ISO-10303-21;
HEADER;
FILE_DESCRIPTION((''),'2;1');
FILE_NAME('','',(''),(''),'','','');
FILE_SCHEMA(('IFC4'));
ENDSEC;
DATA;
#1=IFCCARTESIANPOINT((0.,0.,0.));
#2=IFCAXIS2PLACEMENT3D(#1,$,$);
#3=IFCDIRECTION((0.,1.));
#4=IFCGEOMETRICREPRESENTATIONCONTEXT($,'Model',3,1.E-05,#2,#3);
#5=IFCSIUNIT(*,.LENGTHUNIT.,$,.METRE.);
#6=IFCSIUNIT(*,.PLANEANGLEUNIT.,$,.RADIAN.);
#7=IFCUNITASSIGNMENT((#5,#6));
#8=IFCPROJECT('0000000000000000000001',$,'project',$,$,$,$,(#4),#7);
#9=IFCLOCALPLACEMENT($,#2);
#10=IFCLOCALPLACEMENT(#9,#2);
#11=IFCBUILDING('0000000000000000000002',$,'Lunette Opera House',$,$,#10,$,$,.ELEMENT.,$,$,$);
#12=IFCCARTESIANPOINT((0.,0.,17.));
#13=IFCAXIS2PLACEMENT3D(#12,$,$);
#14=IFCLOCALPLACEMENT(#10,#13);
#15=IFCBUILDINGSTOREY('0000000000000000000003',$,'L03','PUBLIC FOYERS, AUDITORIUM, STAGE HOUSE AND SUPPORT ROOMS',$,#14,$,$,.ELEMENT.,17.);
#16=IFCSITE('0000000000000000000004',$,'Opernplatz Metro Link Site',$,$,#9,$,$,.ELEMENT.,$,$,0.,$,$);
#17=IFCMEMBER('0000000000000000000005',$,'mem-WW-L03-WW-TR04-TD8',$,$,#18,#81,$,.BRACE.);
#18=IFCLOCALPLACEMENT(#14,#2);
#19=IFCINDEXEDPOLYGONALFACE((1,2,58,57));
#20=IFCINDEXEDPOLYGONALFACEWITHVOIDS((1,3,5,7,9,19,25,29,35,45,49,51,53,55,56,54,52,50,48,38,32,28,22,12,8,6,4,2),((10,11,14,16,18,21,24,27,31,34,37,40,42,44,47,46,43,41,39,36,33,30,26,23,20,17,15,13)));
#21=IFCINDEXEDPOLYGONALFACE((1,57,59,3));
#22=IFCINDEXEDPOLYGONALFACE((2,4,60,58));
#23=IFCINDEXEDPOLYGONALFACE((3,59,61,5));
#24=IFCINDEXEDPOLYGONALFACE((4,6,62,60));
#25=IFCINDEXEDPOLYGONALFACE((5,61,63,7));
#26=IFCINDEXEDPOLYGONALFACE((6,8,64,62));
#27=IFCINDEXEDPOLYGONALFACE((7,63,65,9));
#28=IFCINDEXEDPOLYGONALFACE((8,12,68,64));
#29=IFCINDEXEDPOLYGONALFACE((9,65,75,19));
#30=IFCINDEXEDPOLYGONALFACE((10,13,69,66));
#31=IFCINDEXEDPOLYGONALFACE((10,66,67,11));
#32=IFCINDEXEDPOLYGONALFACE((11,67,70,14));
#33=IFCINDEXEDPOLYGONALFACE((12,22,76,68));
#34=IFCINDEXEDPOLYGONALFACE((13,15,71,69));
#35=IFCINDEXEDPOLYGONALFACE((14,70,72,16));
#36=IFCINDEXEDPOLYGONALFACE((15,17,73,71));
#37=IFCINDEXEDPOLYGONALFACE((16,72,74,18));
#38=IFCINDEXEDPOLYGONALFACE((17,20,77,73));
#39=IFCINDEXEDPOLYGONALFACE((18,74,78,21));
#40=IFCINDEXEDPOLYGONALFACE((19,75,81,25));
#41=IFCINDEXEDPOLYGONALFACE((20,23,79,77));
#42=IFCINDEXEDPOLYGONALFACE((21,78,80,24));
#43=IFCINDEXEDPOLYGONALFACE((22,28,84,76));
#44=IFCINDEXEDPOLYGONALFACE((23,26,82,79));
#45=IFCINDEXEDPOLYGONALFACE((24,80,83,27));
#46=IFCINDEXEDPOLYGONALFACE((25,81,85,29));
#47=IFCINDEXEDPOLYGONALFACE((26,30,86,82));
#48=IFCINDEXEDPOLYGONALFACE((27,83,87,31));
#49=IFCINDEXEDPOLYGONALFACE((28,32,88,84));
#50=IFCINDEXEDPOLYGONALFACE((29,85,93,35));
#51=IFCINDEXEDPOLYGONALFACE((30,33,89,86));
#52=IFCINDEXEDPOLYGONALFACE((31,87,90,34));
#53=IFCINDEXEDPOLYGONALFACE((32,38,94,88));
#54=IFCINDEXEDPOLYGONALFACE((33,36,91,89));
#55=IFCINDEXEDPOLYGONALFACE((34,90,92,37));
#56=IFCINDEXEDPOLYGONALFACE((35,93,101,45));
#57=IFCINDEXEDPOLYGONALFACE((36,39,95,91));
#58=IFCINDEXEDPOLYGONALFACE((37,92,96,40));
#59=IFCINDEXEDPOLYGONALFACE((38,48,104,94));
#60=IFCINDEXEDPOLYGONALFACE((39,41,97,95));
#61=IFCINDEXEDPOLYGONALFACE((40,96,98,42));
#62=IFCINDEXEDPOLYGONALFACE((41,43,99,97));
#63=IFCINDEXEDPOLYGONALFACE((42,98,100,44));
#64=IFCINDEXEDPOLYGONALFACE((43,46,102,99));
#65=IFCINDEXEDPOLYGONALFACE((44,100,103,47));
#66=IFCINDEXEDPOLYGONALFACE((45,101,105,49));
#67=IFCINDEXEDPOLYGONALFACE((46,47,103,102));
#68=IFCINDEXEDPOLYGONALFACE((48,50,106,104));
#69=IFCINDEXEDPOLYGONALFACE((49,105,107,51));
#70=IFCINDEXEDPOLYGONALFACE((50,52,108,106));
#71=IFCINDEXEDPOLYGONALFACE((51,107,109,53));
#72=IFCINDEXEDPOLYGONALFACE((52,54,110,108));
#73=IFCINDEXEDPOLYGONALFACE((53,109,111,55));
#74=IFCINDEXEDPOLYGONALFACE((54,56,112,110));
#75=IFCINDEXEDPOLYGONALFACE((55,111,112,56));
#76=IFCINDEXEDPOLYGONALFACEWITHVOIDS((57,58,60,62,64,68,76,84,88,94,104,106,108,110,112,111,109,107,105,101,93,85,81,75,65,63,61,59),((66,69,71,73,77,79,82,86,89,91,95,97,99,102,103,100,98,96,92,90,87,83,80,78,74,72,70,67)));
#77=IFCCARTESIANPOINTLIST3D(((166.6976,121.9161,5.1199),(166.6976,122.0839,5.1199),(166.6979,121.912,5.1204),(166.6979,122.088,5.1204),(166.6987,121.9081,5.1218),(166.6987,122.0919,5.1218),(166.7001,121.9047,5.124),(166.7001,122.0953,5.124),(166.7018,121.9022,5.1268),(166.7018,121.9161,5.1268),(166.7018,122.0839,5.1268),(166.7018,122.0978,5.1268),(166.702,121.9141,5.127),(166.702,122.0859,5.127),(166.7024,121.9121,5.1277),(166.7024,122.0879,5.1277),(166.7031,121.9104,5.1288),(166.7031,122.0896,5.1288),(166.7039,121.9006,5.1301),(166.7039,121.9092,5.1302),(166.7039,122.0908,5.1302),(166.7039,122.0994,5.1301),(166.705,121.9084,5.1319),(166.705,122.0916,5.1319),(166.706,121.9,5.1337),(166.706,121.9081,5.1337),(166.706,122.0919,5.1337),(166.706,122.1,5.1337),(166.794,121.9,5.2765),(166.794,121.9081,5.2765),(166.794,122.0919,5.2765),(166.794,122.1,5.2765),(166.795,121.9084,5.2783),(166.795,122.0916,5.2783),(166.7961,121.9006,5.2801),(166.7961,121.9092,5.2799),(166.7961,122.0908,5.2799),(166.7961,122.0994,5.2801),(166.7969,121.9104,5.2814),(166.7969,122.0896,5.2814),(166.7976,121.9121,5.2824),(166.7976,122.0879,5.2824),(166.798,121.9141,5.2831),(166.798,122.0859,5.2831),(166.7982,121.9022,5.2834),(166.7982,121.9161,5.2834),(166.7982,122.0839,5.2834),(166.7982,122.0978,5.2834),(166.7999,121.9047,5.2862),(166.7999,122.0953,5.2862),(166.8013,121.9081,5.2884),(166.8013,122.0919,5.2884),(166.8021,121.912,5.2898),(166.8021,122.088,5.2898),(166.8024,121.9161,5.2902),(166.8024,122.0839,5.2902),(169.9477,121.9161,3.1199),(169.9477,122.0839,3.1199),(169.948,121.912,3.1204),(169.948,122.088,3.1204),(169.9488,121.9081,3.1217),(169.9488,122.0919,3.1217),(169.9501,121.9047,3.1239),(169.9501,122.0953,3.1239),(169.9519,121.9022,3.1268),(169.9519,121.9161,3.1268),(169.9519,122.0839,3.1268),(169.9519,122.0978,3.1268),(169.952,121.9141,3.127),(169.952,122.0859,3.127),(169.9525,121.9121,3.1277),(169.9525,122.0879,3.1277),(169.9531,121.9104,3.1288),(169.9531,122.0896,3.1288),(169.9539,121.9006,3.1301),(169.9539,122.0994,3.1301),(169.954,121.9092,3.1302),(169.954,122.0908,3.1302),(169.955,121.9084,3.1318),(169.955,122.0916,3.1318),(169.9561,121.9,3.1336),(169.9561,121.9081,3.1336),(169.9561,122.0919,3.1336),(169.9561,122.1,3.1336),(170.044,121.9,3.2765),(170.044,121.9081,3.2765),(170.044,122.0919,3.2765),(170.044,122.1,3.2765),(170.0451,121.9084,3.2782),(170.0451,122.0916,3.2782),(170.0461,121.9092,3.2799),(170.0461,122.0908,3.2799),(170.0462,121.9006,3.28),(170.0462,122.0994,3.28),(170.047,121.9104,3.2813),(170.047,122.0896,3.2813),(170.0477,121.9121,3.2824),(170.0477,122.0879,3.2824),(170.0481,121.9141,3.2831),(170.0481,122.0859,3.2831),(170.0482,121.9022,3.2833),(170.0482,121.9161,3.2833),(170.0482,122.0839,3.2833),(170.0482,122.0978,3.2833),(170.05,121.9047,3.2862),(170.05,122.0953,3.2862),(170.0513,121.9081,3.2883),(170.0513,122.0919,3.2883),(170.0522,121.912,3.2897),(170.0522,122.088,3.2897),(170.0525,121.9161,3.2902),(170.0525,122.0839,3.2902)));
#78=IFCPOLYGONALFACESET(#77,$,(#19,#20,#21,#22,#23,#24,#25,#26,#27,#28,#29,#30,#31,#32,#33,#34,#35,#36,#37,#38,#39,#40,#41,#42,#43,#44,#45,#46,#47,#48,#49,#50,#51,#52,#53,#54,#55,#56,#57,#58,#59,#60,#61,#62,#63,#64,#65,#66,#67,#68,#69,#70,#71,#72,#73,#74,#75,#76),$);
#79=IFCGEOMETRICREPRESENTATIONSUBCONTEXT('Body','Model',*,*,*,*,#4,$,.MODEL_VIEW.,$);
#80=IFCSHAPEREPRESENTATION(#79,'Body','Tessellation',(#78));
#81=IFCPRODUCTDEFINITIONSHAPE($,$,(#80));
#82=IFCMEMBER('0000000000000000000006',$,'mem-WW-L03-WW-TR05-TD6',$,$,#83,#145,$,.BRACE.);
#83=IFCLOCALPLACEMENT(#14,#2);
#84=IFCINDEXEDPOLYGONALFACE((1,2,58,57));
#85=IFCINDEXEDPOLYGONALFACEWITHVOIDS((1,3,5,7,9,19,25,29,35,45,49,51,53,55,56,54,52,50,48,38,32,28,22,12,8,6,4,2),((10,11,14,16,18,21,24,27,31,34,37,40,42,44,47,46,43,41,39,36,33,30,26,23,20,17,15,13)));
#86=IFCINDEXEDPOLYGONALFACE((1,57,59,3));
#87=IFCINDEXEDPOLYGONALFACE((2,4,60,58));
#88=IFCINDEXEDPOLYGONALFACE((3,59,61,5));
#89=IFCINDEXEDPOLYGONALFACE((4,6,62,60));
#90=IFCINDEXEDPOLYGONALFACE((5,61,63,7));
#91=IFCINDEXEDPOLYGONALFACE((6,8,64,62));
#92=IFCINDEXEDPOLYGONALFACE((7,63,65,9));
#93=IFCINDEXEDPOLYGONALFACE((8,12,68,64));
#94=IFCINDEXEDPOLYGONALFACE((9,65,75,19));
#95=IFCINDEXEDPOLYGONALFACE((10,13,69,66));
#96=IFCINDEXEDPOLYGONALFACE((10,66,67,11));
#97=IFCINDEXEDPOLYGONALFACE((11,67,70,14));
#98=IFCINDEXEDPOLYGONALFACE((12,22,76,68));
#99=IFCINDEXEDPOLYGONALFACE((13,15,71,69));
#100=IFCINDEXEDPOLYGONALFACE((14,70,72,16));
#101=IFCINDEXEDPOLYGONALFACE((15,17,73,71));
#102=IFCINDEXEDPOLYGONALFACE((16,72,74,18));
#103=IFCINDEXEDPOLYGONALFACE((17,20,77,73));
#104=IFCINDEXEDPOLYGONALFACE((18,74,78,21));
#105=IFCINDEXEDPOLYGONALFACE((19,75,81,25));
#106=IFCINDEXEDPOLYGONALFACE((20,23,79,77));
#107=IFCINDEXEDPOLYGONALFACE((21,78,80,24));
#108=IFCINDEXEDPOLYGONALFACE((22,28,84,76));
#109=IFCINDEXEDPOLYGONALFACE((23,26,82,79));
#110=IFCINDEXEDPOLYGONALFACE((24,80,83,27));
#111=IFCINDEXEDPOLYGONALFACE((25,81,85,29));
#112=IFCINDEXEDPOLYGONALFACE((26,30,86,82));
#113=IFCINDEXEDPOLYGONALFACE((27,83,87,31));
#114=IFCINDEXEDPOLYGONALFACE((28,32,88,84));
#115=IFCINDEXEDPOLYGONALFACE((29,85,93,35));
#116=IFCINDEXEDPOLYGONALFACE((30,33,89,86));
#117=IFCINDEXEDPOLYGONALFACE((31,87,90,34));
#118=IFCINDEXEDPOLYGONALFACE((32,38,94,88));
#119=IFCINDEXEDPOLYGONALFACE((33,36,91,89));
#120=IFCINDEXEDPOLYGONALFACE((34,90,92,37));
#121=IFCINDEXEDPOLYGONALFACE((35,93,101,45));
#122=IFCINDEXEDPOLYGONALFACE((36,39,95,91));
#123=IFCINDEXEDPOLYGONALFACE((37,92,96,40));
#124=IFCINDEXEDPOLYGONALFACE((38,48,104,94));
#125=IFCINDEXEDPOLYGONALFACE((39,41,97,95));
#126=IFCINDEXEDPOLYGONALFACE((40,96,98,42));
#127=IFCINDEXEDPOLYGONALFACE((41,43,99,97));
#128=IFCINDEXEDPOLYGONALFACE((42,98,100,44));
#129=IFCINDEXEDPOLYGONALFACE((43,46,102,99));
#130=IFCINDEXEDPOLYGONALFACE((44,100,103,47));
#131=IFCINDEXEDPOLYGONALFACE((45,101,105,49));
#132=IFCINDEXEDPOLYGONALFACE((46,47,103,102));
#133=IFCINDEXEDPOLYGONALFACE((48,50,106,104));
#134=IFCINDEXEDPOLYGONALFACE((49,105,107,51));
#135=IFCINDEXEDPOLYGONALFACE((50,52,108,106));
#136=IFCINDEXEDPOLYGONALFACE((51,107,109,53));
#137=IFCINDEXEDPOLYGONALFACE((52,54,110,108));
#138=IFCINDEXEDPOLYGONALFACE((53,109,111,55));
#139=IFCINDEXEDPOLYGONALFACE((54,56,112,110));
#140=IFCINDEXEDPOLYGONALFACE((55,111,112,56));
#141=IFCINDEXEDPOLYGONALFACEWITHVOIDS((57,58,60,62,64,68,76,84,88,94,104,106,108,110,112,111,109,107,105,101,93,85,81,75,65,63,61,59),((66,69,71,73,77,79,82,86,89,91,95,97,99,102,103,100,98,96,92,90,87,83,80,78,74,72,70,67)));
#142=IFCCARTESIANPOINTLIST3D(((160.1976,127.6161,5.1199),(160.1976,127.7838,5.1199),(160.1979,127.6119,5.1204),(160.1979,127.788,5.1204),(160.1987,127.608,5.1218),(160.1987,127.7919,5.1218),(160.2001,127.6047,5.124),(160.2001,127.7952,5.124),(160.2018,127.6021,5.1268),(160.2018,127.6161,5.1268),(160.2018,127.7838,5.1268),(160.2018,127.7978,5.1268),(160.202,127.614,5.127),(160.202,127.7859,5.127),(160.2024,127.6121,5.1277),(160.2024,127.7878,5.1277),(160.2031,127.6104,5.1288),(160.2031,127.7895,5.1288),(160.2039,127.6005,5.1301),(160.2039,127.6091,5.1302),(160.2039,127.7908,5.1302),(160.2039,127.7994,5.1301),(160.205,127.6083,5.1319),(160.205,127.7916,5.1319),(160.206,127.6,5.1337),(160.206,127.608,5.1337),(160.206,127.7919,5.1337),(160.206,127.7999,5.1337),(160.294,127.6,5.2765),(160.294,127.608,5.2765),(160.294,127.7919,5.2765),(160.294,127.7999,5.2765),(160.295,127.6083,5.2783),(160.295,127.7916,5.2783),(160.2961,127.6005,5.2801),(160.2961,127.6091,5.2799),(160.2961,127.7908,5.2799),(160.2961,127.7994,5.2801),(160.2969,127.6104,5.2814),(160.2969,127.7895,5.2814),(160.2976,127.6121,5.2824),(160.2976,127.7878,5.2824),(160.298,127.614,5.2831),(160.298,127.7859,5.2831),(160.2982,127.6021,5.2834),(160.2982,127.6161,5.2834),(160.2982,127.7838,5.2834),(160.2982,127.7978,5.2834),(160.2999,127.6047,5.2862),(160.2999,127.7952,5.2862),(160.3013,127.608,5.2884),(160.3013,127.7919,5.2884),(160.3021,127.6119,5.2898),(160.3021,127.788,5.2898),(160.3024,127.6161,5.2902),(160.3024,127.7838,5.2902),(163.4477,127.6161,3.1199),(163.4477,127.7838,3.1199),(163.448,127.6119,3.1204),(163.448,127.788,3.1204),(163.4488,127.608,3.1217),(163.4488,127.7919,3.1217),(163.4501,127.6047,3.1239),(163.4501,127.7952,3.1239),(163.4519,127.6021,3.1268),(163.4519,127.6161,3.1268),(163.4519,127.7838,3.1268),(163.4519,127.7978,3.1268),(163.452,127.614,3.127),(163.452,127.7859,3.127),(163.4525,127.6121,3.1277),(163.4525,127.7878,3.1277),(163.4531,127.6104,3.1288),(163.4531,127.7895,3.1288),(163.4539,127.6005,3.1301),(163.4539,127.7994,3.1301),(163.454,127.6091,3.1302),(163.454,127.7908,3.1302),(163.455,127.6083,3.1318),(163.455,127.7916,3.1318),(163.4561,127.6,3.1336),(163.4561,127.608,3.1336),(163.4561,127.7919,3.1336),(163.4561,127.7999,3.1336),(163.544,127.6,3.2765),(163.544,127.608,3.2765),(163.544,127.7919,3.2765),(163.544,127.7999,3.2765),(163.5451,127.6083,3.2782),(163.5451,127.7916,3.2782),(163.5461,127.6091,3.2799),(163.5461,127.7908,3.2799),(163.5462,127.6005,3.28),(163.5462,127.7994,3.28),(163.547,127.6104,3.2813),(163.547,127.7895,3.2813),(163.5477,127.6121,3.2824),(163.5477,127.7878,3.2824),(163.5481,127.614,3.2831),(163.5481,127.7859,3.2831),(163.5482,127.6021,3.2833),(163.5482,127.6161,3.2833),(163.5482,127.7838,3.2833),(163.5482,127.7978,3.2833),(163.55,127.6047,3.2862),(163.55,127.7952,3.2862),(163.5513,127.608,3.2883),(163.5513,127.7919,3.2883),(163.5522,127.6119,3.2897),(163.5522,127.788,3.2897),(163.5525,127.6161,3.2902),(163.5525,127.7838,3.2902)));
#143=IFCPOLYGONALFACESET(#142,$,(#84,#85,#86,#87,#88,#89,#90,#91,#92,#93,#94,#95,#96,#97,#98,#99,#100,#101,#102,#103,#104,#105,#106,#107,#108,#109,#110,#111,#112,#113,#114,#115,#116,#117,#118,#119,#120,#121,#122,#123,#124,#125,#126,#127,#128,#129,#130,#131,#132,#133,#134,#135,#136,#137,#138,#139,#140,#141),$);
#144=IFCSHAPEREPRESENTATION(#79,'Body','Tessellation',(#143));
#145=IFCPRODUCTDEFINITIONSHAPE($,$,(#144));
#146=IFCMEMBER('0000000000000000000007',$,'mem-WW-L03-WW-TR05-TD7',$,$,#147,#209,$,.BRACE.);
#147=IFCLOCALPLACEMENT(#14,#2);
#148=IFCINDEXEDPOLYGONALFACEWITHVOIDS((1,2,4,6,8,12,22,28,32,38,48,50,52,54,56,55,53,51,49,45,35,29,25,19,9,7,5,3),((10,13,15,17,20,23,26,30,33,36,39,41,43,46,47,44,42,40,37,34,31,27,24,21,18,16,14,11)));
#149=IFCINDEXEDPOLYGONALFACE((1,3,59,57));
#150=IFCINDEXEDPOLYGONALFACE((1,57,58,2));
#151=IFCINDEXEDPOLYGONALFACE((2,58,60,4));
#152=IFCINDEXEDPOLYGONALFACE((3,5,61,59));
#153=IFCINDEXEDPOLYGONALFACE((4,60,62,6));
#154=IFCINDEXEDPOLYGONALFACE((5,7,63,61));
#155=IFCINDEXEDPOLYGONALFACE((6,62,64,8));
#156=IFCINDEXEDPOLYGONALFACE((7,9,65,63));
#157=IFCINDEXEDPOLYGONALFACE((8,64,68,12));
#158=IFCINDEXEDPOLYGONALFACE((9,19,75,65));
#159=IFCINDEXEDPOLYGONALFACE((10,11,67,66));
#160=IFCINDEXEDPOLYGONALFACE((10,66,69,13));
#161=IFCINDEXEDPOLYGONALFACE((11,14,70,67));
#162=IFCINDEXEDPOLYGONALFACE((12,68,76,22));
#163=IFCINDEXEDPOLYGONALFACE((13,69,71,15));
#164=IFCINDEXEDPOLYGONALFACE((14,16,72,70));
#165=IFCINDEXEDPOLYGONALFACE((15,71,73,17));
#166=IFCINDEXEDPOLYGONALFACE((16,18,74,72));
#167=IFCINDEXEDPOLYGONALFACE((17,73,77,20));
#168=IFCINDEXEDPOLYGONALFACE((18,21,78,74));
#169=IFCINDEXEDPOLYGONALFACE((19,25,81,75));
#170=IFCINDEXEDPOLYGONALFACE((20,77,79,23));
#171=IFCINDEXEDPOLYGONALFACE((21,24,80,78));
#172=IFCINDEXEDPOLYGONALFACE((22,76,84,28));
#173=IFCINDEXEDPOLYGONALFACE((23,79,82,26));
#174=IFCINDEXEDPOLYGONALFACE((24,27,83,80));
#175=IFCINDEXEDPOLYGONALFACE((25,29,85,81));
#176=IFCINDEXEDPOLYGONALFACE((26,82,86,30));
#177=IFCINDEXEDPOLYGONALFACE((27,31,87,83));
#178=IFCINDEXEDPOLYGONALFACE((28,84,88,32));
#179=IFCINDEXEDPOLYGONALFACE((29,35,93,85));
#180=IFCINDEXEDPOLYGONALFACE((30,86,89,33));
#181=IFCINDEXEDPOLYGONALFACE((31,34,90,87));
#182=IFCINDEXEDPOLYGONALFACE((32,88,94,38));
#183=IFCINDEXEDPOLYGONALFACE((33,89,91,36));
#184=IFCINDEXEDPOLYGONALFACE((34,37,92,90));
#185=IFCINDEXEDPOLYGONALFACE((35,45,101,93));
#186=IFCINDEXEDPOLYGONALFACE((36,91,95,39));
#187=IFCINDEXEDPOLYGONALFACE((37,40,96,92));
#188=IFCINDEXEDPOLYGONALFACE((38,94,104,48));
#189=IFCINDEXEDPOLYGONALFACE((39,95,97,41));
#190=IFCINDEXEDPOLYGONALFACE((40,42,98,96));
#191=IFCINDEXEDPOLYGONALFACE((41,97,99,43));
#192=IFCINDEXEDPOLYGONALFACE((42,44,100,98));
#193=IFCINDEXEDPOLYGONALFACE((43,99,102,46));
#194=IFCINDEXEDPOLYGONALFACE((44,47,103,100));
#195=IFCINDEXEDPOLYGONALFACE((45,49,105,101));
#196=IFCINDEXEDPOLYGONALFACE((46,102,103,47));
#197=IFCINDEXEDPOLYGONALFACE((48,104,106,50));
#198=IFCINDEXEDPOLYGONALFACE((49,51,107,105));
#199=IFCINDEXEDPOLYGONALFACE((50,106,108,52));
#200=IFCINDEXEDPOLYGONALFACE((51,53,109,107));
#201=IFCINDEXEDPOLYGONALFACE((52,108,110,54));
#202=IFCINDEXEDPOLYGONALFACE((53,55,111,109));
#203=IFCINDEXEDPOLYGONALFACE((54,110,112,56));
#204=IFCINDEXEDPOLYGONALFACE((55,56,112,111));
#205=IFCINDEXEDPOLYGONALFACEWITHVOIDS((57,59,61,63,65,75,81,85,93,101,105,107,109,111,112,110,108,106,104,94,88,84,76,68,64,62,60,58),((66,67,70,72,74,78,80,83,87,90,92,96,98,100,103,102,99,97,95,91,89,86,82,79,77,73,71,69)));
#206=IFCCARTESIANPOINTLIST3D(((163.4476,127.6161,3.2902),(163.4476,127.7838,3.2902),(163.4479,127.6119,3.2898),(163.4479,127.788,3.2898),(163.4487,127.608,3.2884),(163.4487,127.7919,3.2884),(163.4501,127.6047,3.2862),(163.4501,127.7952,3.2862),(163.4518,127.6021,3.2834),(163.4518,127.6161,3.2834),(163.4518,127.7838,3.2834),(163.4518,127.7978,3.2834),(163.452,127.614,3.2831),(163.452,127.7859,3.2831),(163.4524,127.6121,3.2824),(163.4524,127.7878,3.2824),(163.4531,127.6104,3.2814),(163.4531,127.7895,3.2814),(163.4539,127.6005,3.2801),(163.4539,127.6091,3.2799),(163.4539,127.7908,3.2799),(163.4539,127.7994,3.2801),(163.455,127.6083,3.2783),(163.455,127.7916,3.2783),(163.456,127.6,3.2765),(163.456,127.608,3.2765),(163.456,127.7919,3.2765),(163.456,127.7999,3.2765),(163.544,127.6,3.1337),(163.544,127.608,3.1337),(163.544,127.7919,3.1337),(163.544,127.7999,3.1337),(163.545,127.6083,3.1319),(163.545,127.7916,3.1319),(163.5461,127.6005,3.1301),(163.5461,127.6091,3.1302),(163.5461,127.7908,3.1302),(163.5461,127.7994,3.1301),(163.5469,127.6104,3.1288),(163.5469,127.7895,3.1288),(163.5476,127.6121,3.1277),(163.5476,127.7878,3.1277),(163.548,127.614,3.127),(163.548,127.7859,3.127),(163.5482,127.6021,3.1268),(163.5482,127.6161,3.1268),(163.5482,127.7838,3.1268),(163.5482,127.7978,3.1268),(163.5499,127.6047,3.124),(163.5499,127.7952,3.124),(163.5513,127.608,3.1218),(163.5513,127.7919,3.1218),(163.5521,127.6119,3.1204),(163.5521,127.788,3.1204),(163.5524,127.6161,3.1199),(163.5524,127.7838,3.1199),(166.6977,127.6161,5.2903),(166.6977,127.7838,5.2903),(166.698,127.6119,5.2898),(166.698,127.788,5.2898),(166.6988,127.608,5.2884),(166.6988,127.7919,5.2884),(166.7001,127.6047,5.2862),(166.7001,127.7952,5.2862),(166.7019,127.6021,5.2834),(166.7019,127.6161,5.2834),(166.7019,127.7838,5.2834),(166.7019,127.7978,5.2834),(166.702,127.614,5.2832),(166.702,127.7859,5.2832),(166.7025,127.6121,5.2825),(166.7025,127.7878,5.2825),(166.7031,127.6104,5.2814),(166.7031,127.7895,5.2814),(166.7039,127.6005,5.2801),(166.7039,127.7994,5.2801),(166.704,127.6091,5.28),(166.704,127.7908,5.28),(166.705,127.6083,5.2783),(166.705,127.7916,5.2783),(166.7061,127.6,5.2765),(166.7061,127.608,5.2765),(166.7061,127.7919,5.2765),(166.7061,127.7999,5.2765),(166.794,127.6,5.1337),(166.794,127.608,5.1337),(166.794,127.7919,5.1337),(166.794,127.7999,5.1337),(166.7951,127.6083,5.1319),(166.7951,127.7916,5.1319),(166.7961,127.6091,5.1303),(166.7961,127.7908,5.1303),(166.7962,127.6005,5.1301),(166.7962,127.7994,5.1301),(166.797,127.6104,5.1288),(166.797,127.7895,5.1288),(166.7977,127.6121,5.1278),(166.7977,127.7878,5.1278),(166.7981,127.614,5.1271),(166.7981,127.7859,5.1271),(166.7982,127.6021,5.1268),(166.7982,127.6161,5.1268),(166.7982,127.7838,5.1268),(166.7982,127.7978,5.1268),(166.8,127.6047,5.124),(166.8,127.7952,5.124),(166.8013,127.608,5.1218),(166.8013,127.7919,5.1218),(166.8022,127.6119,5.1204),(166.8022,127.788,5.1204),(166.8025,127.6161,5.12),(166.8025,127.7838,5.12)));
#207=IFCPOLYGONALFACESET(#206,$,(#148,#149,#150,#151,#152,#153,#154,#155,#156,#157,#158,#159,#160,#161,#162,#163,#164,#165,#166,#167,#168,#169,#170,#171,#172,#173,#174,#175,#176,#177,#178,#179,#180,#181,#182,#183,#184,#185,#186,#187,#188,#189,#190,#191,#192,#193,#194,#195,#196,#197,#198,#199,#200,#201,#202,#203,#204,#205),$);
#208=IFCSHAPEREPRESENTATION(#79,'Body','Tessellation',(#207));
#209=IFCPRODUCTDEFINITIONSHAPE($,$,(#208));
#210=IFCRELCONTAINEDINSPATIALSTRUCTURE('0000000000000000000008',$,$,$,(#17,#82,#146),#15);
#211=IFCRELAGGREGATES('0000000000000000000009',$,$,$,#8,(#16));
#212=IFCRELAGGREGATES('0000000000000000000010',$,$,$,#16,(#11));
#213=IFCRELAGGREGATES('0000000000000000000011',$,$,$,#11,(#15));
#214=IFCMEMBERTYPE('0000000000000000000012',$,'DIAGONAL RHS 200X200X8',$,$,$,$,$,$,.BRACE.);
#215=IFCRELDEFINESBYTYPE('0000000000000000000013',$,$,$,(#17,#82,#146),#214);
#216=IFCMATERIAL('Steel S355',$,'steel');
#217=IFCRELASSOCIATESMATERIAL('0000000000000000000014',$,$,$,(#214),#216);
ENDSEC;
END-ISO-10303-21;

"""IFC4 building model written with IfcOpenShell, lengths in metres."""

from ifc_helpers import new_model, si_unit, direction, frame, origin, origin_2d, place, context, subcontext, project, spatial, hollow_rectangle, extrude, material, material_profile, profile_set, type_object, element, save


model = new_model("IFC4")

# Units and contexts
model_context = context("Model", 3, precision=1e-05, world=origin(), true_north=direction((0.0, 1.0)))
body_context = subcontext(model_context, "Body", "Model", "MODEL_VIEW")
ifc_project = project(units=[si_unit("LENGTHUNIT", "METRE"), si_unit("PLANEANGLEUNIT", "RADIAN")], contexts=[model_context])

# Site, building, storey
site_placement = place(None, origin())
site = spatial("IfcSite", under=ifc_project, at=site_placement, Name="Opernplatz Metro Link Site", CompositionType="ELEMENT", RefElevation=0.0)
building_placement = place(site_placement, origin())
building = spatial("IfcBuilding", under=site, at=building_placement, Name="Lunette Opera House", CompositionType="ELEMENT")
storey_placement = place(building_placement, frame((0.0, 0.0, 17.0)))
storey = spatial("IfcBuildingStorey", under=building, at=storey_placement, Name="L03", Description="PUBLIC FOYERS, AUDITORIUM, STAGE HOUSE AND SUPPORT ROOMS", CompositionType="ELEMENT", Elevation=17.0)

# Members
ifc_material_1 = material(Name="Steel S355", Category="steel")
ifc_material_profile_1 = material_profile(ifc_material_1, hollow_rectangle(XDim=0.2, YDim=0.2, WallThickness=0.0081, InnerFilletRadius=0.0081, OuterFilletRadius=0.0161, at=origin_2d()), Name="RHS 200X200X8")
ifc_profile_set_1 = profile_set([ifc_material_profile_1], Name="Steel S355")
member_type_1 = type_object("IfcMemberType", Name="DIAGONAL RHS 200X200X8", PredefinedType="BRACE", material=ifc_profile_set_1)
for number, where, z_axis, x_axis, name in (
    (1, (166.75, 122.0, 5.2051), (0.851658, 0.0, -0.524097), (0.0, 1.0, 0.0), "mem-WW-L03-WW-TR04-TD8"),
    (2, (160.25, 127.7, 5.2051), (0.851658, 0.0, -0.524097), (0.0, 1.0, 0.0), "mem-WW-L03-WW-TR05-TD6"),
    (3, (163.5, 127.7, 3.2051), (0.851658, 0.0, 0.524097), (0.0, 1.0, 0.0), "mem-WW-L03-WW-TR05-TD7"),
):
    element("IfcMember", number, at=place(storey_placement, frame(where, z_axis=z_axis, x_axis=x_axis)), inside=storey, type_object=member_type_1, Name=name, PredefinedType="BRACE", context=body_context, shape_type="SweptSolid", body=[
        extrude(hollow_rectangle(XDim=0.2, YDim=0.2, WallThickness=0.0081, InnerFilletRadius=0.0081, OuterFilletRadius=0.0161, at=origin_2d()), origin(), (0.0, 0.0, 1.0), 3.8162),
    ])

save(model, "model.ifc")
